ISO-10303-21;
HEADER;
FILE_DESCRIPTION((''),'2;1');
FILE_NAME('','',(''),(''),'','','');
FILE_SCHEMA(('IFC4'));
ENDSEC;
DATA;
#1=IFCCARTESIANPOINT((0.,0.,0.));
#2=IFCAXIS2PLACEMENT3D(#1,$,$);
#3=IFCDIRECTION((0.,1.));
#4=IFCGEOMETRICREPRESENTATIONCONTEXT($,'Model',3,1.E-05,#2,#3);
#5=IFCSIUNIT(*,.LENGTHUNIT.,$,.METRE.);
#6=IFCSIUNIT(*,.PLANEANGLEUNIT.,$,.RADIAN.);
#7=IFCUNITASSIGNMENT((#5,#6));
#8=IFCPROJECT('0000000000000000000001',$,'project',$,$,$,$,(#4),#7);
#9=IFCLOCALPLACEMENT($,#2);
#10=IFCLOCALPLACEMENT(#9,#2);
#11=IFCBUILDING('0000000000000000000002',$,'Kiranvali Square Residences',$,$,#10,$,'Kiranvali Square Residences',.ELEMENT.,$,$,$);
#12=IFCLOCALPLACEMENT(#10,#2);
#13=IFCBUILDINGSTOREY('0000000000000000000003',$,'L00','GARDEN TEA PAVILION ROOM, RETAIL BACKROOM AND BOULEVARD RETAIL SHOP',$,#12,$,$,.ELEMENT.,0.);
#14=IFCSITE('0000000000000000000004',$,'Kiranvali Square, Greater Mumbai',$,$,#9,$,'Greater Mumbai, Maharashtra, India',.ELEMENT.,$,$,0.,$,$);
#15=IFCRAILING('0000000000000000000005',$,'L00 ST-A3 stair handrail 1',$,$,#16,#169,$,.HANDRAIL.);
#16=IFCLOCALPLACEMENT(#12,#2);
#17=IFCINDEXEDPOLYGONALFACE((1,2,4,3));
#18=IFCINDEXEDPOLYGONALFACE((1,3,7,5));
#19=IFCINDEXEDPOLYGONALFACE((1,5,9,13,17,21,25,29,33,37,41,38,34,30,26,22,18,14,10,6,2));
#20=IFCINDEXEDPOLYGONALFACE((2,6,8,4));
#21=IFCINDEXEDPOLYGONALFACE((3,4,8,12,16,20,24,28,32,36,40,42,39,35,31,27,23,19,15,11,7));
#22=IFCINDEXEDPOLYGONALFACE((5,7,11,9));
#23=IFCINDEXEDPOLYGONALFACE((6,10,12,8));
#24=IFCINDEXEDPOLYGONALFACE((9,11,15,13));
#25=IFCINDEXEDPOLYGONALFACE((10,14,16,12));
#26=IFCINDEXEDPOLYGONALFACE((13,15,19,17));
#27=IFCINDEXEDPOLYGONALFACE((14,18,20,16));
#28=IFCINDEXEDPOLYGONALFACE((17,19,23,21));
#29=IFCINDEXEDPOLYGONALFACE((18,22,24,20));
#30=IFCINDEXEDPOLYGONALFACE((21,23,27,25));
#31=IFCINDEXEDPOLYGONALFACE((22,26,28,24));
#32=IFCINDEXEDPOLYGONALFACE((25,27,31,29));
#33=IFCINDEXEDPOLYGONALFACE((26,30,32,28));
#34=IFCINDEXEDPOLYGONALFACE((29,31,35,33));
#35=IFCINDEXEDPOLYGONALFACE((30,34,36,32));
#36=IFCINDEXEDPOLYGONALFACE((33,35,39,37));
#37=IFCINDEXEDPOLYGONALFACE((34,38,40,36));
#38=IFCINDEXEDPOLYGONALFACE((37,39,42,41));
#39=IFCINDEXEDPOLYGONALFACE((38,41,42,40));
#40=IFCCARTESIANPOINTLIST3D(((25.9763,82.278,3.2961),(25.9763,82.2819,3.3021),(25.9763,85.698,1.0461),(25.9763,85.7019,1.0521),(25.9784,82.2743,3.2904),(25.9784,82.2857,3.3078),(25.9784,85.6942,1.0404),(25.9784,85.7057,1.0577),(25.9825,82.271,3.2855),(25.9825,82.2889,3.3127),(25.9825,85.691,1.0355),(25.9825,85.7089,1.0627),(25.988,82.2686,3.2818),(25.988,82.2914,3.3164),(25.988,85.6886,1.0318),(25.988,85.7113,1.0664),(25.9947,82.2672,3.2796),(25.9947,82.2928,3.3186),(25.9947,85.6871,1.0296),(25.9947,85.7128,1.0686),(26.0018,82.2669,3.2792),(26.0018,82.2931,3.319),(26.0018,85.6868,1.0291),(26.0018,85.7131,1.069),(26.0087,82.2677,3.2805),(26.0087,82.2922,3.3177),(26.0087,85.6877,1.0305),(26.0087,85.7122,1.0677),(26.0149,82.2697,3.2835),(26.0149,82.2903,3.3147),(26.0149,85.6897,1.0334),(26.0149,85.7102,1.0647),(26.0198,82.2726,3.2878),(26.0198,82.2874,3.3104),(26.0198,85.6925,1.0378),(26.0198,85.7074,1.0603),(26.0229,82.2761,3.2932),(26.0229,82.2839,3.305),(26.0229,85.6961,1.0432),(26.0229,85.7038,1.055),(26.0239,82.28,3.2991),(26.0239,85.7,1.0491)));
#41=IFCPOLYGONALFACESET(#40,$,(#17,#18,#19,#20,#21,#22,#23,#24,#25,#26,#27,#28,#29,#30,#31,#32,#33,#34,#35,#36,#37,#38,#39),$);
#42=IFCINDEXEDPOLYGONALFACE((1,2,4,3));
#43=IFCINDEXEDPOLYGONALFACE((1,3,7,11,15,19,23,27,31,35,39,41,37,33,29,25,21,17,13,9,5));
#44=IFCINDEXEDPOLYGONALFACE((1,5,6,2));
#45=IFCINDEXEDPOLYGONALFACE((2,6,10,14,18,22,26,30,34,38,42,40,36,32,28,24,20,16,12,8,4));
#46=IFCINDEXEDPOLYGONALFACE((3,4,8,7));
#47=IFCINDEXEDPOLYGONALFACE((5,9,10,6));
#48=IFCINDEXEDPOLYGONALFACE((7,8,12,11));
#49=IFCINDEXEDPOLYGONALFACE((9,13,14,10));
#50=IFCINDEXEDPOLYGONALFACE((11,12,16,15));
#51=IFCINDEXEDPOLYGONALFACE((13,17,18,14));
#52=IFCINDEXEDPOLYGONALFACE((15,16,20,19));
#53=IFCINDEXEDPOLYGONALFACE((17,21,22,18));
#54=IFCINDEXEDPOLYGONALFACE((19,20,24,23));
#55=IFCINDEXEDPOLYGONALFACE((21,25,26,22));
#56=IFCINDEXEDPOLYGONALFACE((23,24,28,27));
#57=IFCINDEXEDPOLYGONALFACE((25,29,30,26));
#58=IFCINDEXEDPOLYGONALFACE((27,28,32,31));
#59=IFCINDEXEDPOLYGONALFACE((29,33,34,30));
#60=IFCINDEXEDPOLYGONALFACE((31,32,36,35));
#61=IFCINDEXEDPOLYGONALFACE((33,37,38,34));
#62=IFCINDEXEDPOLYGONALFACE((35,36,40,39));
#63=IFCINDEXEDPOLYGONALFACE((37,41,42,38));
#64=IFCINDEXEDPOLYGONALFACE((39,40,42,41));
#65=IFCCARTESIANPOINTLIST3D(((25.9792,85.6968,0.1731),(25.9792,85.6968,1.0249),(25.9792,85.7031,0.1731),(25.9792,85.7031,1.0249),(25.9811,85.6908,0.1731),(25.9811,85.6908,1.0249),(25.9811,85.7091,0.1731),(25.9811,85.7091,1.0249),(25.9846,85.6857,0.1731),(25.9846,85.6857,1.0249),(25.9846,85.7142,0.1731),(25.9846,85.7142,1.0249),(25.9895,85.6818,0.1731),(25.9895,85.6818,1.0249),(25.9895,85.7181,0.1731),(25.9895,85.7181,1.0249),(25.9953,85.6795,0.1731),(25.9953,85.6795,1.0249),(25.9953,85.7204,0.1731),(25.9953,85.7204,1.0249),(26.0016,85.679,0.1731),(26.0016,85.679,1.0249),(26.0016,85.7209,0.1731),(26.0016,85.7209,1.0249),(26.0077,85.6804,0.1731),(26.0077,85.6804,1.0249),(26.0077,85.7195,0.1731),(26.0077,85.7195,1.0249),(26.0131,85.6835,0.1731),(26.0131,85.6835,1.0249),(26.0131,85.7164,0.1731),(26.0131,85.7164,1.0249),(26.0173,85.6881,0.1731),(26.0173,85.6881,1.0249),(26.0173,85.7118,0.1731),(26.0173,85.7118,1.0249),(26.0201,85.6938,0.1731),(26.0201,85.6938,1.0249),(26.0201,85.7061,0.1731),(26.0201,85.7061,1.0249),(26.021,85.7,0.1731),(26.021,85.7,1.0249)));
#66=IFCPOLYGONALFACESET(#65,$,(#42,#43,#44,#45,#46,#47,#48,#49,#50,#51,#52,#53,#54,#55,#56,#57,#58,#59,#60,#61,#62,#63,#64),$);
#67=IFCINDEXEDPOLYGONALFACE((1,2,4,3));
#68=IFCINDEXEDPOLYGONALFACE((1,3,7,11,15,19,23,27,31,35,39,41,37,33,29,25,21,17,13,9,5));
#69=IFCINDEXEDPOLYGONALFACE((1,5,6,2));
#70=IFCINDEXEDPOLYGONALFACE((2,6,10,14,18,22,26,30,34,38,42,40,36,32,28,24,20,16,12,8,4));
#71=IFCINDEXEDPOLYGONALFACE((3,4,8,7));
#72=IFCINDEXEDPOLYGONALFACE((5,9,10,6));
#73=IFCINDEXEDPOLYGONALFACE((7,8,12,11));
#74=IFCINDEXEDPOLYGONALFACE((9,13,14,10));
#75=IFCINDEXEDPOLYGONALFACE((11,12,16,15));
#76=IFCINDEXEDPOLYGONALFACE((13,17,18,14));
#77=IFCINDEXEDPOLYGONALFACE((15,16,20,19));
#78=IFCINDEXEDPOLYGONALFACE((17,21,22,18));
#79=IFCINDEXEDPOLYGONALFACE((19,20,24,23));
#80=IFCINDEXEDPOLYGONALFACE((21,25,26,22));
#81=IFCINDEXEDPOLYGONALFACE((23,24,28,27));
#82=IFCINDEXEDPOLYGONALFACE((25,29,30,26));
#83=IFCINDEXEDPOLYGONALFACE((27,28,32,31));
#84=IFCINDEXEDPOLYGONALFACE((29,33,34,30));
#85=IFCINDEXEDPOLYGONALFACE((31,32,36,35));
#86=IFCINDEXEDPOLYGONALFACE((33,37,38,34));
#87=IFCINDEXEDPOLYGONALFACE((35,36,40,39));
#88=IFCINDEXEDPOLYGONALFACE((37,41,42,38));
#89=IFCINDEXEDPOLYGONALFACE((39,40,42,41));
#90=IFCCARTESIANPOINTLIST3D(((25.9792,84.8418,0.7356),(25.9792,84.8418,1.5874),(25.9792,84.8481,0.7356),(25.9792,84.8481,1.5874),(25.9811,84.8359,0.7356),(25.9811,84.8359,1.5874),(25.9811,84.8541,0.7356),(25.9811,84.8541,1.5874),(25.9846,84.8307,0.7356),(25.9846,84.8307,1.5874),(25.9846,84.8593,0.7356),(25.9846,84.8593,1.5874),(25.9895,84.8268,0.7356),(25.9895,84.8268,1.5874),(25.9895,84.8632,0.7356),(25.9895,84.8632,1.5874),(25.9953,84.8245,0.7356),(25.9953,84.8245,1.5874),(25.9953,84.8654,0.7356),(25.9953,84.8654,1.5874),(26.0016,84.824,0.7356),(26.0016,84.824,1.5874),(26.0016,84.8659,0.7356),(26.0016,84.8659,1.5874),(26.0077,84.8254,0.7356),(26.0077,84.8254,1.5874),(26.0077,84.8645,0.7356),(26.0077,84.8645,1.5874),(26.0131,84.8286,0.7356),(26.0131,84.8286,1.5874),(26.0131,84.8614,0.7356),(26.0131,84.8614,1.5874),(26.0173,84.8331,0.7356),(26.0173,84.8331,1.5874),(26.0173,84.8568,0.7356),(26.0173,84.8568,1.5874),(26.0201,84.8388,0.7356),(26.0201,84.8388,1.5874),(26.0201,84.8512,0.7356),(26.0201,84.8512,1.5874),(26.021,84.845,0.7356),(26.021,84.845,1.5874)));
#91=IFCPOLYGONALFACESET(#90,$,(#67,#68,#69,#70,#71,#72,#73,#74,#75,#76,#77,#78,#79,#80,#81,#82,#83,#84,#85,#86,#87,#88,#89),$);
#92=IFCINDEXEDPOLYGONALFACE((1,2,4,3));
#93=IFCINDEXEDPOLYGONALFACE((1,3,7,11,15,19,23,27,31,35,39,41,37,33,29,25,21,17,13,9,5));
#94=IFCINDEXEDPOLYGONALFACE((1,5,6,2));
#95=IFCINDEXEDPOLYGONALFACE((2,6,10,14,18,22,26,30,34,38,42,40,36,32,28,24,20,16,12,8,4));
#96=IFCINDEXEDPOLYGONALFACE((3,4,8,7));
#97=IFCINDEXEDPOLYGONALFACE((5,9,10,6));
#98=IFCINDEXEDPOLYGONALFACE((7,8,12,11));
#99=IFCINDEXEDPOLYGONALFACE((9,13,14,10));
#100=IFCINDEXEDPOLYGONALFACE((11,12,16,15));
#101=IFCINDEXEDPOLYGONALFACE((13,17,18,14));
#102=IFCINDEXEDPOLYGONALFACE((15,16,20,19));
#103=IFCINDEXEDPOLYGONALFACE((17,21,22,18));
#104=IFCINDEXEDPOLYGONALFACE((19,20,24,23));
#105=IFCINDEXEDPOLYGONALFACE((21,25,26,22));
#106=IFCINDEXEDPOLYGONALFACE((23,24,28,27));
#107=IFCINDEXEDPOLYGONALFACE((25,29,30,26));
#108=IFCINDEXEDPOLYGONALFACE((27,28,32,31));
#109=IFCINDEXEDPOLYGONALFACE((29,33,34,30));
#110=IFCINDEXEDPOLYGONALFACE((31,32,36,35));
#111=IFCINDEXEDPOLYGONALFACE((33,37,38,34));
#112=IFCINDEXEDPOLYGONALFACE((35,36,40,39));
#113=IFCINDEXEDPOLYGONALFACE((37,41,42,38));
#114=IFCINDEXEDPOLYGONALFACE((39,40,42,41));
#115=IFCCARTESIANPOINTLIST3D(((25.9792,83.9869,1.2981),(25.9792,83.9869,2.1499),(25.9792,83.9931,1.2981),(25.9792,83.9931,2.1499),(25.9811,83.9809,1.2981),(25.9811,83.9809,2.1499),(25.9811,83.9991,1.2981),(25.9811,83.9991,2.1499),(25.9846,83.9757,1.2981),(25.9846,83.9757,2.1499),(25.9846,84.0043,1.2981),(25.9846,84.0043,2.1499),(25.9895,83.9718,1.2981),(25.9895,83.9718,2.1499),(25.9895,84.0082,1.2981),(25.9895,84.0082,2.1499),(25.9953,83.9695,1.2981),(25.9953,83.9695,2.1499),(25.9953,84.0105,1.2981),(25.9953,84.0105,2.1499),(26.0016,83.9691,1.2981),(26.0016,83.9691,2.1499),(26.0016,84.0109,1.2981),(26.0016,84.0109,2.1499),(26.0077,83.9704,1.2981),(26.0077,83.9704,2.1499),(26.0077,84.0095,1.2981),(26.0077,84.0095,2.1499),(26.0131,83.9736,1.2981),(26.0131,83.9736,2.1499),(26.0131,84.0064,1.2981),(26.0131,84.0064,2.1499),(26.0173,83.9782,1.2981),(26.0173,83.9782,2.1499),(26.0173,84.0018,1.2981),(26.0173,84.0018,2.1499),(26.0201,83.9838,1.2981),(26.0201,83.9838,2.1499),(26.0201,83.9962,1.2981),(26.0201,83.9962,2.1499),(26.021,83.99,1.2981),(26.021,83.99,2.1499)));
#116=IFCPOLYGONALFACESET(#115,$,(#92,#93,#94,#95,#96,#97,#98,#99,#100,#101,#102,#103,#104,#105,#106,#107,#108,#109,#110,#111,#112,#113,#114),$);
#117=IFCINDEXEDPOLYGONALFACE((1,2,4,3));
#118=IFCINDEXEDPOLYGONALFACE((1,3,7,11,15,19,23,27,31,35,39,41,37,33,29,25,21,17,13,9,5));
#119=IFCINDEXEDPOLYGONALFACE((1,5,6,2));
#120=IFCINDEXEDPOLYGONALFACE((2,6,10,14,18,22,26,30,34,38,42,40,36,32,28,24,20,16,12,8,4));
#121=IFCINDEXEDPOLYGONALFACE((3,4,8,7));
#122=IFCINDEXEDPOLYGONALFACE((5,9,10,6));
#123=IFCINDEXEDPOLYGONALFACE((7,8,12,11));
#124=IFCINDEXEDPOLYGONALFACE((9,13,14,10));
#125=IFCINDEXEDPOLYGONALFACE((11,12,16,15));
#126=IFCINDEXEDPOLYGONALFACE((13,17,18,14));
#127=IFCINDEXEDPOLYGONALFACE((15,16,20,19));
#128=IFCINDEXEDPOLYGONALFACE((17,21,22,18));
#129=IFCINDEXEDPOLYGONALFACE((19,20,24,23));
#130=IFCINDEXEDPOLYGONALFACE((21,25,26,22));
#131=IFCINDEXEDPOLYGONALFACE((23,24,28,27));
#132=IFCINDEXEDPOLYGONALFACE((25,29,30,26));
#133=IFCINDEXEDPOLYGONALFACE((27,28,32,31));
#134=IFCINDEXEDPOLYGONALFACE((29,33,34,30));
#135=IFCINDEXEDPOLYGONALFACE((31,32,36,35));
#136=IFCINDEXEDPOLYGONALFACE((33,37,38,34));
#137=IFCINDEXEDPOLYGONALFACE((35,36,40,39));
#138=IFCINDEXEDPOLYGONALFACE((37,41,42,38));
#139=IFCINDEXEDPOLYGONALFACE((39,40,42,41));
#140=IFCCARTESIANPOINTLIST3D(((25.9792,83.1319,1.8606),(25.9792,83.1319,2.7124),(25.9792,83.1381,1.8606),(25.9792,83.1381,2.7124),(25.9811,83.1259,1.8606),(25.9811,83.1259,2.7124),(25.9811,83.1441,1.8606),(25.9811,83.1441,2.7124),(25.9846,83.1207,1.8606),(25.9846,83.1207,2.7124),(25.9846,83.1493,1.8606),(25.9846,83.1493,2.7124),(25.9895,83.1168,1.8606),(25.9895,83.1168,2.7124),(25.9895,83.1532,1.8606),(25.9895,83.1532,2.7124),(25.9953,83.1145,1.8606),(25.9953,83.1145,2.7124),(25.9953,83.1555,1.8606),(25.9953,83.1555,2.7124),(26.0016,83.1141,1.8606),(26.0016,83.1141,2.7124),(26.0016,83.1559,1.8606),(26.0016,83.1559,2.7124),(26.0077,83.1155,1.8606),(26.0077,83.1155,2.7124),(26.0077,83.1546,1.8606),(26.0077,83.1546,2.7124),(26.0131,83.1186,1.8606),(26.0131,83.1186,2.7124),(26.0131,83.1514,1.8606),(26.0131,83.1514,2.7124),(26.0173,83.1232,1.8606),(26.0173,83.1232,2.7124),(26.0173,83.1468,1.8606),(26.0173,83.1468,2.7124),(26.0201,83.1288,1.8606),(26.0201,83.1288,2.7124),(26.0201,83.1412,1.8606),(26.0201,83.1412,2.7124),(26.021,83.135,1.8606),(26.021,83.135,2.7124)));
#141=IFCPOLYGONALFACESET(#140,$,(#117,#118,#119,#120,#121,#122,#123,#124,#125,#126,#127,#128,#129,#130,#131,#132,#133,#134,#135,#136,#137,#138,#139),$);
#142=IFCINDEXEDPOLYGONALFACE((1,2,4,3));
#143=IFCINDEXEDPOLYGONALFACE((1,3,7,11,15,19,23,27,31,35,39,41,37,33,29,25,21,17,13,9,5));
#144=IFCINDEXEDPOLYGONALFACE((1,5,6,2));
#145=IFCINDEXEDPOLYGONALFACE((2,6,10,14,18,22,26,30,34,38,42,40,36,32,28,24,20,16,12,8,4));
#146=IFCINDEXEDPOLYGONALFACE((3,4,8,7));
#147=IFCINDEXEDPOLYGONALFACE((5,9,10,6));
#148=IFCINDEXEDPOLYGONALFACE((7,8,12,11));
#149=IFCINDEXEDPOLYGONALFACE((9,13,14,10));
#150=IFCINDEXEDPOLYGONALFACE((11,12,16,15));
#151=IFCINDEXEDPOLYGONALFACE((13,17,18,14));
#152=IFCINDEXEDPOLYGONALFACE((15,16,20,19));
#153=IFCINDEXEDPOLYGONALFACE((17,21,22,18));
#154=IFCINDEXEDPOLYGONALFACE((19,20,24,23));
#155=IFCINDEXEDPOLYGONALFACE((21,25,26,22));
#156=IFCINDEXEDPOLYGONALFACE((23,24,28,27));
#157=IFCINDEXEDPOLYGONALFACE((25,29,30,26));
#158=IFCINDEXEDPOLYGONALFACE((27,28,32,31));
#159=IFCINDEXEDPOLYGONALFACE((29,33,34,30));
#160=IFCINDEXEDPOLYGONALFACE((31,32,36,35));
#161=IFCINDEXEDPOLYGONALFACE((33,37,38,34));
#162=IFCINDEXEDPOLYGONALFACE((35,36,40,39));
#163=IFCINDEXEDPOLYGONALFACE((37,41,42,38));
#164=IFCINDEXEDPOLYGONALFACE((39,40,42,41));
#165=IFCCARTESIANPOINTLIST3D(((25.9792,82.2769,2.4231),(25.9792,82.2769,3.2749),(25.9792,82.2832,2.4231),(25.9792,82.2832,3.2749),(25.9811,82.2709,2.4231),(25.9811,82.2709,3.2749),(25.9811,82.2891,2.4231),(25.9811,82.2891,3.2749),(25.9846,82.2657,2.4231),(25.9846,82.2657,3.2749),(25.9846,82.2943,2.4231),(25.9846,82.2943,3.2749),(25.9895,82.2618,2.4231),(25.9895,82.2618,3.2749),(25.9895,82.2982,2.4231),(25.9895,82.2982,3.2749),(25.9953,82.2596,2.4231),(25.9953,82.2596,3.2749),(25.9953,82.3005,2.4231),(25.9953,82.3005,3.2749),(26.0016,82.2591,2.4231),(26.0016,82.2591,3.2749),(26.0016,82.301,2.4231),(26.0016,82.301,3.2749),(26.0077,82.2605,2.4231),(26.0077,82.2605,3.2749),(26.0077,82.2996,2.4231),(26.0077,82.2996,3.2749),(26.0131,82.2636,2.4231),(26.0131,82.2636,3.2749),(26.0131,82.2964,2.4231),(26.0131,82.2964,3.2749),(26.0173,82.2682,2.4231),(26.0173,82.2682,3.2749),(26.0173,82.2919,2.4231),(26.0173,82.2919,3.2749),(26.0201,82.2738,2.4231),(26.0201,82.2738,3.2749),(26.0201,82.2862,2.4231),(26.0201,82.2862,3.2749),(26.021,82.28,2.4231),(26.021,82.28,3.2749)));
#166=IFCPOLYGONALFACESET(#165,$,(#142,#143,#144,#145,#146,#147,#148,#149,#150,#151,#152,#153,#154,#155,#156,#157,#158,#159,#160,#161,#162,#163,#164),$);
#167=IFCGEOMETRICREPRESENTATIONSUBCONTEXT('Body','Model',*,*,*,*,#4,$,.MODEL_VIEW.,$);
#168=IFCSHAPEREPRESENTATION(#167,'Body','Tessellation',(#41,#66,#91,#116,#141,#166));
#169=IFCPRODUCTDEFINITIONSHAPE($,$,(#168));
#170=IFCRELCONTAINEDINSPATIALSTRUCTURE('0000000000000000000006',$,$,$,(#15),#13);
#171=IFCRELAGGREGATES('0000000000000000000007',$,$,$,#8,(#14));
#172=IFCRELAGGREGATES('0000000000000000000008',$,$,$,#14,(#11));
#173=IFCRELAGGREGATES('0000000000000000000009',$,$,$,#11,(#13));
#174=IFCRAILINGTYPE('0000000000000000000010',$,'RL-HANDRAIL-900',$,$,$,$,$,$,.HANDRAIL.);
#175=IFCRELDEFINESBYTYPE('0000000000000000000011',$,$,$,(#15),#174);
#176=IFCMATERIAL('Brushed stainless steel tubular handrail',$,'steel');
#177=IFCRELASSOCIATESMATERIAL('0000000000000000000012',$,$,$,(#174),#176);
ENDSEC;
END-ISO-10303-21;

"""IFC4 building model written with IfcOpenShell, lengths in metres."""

from ifc_helpers import new_model, si_unit, direction, frame, origin, origin_2d, place, context, subcontext, project, spatial, circle, extrude, material, type_object, element, save


model = new_model("IFC4")

# Units and contexts
model_context = context("Model", 3, precision=1e-05, world=origin(), true_north=direction((0.0, 1.0)))
body_context = subcontext(model_context, "Body", "Model", "MODEL_VIEW")
ifc_project = project(units=[si_unit("LENGTHUNIT", "METRE"), si_unit("PLANEANGLEUNIT", "RADIAN")], contexts=[model_context])

# Site, building, storey
site_placement = place(None, origin())
site = spatial("IfcSite", under=ifc_project, at=site_placement, Name="Kiranvali Square, Greater Mumbai", LongName="Greater Mumbai, Maharashtra, India", CompositionType="ELEMENT", RefElevation=0.0)
building_placement = place(site_placement, origin())
building = spatial("IfcBuilding", under=site, at=building_placement, Name="Kiranvali Square Residences", LongName="Kiranvali Square Residences", CompositionType="ELEMENT")
storey_placement = place(building_placement, origin())
storey = spatial("IfcBuildingStorey", under=building, at=storey_placement, Name="L00", Description="GARDEN TEA PAVILION ROOM, RETAIL BACKROOM AND BOULEVARD RETAIL SHOP", CompositionType="ELEMENT", Elevation=0.0)

# Railing
ifc_material_1 = material(Name="Brushed stainless steel tubular handrail", Category="steel")
railing_type_1 = type_object("IfcRailingType", Name="RL-HANDRAIL-900", PredefinedType="HANDRAIL", material=ifc_material_1)
railing_1_placement = place(storey_placement, frame((26.0, 85.7, 0.1731)))
element("IfcRailing", 1, at=railing_1_placement, inside=storey, type_object=railing_type_1, Name="L00 ST-A3 stair handrail 1", PredefinedType="HANDRAIL", context=body_context, shape_type="SweptSolid", body=[
    extrude(circle(Radius=0.0239, at=origin_2d()), frame((0.0, 0.0, 0.876), z_axis=(0.0, -0.835411, 0.549625), x_axis=(1.0, 0.0, 0.0)), (0.0, 0.0, 1.0), 4.0938),
    extrude(circle(Radius=0.021, at=origin_2d()), origin(), (0.0, 0.0, 1.0), 0.8518),
    extrude(circle(Radius=0.021, at=origin_2d()), frame((0.0, -0.855, 0.5625)), (0.0, 0.0, 1.0), 0.8518),
    extrude(circle(Radius=0.021, at=origin_2d()), frame((0.0, -1.71, 1.125)), (0.0, 0.0, 1.0), 0.8518),
    extrude(circle(Radius=0.021, at=origin_2d()), frame((0.0, -2.5649, 1.6875)), (0.0, 0.0, 1.0), 0.8518),
    extrude(circle(Radius=0.021, at=origin_2d()), frame((0.0, -3.4199, 2.25)), (0.0, 0.0, 1.0), 0.8518),
])

save(model, "model.ifc")
